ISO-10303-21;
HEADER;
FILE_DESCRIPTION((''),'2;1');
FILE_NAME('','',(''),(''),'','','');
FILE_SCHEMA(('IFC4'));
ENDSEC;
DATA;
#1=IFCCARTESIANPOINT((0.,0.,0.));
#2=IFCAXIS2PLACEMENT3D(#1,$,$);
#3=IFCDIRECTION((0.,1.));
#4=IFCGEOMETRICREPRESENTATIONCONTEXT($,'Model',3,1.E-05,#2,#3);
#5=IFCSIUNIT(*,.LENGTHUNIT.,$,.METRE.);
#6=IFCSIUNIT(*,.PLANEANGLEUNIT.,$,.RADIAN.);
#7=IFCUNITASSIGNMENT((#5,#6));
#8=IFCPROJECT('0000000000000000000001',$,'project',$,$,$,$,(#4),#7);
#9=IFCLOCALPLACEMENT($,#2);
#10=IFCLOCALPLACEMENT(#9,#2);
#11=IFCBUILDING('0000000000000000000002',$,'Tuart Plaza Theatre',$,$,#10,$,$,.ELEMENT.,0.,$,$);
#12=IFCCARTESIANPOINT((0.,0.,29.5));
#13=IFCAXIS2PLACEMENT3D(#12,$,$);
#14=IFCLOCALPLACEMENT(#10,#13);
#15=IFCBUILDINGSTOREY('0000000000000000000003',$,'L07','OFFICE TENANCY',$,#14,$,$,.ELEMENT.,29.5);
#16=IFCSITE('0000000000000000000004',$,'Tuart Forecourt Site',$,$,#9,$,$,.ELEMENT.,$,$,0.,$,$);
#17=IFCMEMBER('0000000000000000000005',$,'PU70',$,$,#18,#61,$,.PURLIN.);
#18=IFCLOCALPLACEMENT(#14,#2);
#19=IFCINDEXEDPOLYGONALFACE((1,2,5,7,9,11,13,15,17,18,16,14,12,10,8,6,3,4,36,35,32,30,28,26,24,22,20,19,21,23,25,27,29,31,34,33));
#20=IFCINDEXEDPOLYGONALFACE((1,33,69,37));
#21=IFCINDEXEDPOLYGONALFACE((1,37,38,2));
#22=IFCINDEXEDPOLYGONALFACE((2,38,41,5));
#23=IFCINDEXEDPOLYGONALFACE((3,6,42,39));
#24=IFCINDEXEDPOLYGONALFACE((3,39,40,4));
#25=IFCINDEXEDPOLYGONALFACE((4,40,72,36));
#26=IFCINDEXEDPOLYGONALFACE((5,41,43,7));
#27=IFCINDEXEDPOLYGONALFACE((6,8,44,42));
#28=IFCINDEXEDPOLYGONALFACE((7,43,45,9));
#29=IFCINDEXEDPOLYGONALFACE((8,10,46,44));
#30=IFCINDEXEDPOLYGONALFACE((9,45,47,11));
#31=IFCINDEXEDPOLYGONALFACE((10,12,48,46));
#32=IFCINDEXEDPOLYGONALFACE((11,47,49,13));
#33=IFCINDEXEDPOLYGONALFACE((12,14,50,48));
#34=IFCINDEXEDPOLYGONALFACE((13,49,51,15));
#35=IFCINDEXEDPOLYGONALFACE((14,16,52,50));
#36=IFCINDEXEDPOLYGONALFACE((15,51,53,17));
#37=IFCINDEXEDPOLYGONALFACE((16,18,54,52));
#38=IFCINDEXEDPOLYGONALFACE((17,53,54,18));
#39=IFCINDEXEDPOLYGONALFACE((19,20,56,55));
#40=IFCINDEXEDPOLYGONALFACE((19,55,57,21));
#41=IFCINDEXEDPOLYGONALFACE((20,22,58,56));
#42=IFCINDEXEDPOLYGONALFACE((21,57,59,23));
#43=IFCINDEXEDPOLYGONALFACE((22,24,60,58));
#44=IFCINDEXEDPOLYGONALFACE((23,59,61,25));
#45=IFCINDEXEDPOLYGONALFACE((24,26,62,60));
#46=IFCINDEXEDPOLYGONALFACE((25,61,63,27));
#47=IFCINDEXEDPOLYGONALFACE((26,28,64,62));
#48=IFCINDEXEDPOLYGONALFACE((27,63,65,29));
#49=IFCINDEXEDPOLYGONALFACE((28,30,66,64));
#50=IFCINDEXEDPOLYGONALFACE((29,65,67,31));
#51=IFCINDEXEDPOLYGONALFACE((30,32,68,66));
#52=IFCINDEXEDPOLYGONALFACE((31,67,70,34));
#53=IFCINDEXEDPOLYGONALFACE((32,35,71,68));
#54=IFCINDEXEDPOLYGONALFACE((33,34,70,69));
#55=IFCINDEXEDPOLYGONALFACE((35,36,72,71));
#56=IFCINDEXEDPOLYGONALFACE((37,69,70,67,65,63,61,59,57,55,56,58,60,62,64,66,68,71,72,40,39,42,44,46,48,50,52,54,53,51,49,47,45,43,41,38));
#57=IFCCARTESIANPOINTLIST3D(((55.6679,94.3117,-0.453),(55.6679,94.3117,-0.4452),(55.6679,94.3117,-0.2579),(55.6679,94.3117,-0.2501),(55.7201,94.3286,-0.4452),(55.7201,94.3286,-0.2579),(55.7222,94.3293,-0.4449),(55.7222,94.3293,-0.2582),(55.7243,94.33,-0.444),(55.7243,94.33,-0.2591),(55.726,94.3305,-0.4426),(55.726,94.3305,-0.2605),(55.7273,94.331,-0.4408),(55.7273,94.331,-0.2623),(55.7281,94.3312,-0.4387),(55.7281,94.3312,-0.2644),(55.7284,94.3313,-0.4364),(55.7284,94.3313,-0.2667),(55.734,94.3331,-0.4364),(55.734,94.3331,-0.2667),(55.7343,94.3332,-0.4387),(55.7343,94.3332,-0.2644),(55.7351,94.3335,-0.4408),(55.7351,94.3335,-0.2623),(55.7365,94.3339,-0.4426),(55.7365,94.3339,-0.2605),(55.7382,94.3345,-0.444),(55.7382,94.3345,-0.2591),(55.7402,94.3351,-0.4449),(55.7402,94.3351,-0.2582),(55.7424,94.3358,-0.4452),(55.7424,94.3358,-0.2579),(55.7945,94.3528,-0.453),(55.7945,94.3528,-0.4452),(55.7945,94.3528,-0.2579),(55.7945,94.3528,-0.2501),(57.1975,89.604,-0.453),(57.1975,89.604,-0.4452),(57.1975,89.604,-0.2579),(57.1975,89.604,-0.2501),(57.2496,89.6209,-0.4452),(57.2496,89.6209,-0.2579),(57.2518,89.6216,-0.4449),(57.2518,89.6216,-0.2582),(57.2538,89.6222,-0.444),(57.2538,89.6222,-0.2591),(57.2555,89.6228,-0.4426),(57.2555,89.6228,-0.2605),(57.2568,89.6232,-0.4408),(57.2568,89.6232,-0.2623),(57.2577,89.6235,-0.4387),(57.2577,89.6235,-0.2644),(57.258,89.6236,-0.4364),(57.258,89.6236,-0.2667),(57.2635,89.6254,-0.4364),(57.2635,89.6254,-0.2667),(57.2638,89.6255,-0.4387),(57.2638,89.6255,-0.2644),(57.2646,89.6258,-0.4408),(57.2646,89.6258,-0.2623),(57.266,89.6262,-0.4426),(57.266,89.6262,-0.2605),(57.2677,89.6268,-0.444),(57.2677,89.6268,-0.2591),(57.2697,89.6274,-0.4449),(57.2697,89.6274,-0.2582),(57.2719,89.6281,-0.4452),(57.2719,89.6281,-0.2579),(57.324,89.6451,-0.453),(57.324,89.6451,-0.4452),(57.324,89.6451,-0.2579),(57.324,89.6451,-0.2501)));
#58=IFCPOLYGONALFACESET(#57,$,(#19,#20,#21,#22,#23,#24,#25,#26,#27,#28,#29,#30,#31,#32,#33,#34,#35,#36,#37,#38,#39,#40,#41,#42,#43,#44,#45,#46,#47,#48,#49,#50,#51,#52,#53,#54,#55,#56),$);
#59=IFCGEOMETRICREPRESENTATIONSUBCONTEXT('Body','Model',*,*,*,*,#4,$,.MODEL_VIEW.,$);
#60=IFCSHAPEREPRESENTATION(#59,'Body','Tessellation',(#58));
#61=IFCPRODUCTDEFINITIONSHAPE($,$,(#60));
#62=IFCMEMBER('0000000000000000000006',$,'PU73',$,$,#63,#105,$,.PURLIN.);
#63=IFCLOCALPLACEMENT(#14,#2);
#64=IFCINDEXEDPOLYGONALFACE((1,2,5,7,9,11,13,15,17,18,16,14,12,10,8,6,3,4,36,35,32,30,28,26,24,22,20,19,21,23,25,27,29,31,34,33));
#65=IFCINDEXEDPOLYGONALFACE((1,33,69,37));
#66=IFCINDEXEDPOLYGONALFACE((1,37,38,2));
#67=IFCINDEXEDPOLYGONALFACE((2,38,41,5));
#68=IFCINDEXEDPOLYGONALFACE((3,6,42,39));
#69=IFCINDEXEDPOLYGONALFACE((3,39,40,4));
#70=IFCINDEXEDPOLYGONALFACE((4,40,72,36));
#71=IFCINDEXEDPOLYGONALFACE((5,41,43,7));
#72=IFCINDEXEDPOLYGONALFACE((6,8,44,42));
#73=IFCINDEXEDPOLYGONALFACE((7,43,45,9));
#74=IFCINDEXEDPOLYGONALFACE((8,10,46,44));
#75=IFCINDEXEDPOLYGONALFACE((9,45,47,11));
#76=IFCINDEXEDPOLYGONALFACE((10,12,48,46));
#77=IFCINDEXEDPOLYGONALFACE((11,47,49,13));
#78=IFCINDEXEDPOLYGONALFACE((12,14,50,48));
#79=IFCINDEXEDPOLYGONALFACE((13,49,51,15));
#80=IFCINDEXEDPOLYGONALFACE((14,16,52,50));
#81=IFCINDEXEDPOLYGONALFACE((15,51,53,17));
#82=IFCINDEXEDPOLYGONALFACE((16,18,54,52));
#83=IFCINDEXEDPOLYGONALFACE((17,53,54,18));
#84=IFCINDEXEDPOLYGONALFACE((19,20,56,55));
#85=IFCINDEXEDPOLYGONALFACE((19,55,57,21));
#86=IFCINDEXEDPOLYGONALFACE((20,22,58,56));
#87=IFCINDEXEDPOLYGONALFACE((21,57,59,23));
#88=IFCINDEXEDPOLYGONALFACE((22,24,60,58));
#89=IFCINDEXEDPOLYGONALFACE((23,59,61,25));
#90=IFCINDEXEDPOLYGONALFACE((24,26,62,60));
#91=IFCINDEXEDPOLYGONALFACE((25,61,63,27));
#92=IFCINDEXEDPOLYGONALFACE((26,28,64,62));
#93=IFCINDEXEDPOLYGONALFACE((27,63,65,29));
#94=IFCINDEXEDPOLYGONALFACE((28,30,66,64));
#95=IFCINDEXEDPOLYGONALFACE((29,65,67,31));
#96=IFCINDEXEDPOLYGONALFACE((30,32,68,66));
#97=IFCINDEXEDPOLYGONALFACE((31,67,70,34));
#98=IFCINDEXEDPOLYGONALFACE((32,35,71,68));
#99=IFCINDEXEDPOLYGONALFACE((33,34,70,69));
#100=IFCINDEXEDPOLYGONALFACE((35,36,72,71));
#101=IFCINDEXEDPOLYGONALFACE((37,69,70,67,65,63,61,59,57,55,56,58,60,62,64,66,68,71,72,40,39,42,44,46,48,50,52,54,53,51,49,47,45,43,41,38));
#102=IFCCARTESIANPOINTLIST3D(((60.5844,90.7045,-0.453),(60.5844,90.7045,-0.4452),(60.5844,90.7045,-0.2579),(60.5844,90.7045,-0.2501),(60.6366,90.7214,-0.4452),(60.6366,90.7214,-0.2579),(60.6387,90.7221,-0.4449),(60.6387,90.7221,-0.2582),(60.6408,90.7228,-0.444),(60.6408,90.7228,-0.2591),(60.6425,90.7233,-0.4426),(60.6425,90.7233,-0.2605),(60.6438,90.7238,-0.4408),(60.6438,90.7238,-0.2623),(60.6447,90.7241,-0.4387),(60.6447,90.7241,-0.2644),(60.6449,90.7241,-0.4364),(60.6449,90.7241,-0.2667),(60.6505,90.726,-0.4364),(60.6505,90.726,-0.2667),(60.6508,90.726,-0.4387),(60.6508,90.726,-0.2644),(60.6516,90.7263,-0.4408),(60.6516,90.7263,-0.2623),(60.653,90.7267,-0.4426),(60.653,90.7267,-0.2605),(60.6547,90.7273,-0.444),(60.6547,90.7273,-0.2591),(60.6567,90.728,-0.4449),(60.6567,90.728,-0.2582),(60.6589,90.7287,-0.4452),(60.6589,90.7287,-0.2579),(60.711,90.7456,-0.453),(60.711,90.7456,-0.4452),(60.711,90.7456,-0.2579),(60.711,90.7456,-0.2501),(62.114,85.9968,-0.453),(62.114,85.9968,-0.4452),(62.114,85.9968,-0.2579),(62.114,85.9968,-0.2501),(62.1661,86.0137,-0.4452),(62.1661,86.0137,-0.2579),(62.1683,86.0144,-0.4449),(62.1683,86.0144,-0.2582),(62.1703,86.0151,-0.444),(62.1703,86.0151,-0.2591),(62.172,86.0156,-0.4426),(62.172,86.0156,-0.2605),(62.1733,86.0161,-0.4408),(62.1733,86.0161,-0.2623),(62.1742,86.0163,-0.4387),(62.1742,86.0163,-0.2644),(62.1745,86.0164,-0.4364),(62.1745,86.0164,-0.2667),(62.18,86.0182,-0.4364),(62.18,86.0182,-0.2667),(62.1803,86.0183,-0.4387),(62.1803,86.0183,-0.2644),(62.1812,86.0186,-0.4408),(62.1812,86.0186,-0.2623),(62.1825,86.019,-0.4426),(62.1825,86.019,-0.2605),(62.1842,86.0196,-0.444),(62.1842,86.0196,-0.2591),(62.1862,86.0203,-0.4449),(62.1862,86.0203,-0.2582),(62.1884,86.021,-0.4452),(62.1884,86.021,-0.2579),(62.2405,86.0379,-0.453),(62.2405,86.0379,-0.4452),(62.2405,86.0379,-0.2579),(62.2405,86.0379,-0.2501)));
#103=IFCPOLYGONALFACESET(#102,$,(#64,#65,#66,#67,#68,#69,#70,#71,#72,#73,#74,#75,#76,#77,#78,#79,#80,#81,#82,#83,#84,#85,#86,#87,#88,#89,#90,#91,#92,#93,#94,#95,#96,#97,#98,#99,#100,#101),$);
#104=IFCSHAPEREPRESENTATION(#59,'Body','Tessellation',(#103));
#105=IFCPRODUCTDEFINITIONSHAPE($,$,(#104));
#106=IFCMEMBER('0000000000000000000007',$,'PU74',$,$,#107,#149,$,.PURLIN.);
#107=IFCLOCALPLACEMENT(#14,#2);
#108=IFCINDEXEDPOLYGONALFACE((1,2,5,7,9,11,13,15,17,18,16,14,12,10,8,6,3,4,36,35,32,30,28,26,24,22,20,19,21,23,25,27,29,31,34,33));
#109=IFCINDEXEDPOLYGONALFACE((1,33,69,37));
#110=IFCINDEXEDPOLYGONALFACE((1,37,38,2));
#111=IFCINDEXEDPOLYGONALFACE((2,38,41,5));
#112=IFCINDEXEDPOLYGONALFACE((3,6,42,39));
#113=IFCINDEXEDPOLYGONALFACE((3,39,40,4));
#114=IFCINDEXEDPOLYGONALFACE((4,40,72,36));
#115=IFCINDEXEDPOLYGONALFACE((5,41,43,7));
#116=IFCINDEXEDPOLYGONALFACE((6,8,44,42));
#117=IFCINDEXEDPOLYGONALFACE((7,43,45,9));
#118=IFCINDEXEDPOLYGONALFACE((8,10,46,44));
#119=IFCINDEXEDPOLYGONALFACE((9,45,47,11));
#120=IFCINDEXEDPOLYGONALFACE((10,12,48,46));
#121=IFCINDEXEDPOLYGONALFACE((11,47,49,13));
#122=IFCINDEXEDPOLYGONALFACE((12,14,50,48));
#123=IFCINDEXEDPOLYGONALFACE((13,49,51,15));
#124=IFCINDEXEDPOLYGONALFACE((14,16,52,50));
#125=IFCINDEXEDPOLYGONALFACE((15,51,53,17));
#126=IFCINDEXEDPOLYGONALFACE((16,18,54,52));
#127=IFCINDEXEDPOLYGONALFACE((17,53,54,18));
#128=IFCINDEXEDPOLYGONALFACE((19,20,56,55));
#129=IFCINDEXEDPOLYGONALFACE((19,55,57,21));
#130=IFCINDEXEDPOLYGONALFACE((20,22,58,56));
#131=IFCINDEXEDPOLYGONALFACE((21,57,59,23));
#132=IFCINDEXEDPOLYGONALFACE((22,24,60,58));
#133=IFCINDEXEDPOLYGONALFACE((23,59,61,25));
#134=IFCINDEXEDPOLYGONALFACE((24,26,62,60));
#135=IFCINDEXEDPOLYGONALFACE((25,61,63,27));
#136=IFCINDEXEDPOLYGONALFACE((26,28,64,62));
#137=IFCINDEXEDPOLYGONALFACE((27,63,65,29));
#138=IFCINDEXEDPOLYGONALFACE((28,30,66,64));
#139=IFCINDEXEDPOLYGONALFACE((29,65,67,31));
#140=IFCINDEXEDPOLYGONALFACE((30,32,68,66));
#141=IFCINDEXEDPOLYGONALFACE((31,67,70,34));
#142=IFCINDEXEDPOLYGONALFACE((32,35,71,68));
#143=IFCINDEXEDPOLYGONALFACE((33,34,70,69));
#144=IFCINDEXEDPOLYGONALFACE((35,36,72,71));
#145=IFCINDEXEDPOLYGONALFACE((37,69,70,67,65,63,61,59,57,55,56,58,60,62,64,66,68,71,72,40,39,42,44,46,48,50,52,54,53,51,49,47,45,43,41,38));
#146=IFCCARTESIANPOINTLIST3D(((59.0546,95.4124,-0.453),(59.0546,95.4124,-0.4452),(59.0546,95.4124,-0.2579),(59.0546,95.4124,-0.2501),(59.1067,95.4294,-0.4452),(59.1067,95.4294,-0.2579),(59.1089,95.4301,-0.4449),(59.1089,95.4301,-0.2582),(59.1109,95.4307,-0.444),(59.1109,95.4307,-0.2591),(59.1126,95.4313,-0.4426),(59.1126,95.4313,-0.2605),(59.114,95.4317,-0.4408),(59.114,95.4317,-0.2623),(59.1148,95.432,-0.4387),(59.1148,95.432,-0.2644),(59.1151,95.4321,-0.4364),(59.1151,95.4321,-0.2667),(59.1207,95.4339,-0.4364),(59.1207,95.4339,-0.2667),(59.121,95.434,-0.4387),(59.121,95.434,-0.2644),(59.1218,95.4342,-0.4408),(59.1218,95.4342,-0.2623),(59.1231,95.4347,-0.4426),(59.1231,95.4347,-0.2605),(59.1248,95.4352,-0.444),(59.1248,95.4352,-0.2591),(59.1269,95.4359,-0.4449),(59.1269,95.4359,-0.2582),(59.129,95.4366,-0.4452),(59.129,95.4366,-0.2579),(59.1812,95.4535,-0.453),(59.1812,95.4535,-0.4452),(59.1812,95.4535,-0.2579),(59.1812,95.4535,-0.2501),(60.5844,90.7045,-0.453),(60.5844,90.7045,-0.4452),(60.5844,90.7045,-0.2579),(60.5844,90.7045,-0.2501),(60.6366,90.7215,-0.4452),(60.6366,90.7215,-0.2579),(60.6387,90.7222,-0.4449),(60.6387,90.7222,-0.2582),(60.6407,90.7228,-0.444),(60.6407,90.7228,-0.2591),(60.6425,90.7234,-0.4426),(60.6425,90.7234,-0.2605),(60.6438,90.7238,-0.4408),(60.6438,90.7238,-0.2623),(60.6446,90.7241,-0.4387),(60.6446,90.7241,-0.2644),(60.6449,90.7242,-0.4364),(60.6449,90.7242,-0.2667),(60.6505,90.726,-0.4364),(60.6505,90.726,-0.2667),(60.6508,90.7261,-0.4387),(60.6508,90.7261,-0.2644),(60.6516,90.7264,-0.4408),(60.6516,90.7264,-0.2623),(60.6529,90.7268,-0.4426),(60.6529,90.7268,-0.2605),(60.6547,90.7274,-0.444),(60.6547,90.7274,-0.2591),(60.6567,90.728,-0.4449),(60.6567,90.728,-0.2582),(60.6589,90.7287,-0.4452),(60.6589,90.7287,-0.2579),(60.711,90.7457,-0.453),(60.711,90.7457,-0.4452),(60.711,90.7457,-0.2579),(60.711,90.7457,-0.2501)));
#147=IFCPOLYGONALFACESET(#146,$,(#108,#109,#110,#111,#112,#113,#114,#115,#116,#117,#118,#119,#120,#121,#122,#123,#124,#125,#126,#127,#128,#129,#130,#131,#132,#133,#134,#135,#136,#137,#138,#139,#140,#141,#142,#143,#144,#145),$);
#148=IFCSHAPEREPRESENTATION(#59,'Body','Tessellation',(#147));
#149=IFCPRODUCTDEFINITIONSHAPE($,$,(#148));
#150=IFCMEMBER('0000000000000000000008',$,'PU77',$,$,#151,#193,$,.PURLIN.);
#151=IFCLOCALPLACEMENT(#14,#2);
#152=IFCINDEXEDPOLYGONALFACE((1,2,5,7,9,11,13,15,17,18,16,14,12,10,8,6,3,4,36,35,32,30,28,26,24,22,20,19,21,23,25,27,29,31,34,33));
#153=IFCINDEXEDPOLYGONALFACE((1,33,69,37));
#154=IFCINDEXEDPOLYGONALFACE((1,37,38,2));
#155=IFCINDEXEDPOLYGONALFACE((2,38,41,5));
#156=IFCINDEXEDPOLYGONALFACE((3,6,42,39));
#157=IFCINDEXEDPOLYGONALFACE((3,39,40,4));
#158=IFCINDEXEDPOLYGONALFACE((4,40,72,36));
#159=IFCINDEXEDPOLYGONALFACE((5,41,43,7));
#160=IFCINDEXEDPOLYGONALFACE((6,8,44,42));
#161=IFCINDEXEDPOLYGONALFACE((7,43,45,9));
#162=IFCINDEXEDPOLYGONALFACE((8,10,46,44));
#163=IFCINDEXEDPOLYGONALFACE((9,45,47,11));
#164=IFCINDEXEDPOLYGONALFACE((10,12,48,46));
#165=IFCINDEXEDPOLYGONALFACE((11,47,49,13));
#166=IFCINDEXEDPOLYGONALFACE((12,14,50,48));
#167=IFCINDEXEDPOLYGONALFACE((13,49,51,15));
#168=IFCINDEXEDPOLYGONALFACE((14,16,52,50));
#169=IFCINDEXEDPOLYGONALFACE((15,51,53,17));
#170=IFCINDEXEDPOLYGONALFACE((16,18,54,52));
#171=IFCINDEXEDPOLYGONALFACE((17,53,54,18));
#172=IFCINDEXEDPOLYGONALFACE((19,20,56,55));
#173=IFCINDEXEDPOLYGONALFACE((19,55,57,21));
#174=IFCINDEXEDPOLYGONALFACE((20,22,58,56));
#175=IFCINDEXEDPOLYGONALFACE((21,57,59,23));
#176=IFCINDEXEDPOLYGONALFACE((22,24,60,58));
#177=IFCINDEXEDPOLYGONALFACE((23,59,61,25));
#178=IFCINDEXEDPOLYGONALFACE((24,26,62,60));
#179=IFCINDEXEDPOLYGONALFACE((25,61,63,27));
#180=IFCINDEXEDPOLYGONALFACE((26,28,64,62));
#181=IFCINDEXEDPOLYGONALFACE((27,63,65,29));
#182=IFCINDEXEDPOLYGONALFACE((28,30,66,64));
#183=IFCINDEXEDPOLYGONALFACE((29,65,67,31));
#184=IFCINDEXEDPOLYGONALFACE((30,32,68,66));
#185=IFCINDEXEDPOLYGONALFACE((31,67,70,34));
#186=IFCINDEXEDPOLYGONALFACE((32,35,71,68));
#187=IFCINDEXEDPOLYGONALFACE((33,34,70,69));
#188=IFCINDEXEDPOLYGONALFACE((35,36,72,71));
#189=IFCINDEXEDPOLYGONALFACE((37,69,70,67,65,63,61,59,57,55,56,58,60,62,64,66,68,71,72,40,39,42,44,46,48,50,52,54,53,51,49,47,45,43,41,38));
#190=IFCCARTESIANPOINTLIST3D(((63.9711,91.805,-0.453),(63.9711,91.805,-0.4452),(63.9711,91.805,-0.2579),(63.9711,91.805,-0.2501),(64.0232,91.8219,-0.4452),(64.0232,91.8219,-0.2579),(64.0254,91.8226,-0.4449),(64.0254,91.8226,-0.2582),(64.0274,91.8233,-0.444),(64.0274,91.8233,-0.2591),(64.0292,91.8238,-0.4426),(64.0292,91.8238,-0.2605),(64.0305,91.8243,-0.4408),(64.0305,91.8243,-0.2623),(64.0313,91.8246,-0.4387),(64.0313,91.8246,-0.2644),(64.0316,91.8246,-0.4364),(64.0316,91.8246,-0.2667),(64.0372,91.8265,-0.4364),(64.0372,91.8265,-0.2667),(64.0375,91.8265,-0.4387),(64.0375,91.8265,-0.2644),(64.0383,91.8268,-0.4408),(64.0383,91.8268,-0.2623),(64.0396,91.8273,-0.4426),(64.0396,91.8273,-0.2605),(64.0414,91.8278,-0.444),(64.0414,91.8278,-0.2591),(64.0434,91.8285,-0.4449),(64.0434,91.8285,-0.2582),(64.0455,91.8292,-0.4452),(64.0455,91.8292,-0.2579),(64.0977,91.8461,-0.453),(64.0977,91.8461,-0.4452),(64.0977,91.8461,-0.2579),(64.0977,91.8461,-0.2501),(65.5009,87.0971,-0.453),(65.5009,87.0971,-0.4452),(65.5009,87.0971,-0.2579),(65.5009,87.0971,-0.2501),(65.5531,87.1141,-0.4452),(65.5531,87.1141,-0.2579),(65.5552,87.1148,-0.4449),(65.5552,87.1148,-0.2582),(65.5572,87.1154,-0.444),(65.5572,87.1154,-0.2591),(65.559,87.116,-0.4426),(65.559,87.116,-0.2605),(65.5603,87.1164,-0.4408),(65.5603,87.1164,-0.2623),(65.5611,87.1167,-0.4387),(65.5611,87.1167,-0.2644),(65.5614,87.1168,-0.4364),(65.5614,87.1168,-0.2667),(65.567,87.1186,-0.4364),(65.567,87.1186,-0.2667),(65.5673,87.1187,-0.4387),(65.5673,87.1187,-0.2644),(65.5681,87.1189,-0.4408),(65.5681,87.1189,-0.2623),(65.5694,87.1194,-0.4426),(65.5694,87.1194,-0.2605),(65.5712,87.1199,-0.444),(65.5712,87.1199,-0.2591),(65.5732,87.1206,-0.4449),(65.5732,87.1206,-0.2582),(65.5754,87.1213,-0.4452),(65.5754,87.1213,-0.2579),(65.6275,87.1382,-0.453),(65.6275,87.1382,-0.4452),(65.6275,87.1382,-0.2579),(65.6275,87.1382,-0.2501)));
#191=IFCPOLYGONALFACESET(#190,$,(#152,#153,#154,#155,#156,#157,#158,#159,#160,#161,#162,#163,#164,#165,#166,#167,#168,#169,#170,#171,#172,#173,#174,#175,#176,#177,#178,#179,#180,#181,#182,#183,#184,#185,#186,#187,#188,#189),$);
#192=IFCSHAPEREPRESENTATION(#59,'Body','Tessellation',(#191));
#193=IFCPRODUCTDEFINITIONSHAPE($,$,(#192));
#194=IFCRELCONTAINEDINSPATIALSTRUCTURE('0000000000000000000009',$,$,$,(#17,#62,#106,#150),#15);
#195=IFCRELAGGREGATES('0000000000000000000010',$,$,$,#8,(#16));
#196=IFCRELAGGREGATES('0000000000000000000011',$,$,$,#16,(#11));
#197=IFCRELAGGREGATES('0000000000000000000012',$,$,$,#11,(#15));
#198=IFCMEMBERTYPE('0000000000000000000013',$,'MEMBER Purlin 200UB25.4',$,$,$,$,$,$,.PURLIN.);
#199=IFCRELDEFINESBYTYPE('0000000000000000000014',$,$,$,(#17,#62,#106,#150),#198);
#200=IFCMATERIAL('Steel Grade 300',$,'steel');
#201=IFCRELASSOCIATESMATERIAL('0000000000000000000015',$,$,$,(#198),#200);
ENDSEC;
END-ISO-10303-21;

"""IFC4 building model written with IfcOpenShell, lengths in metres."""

from ifc_helpers import new_model, si_unit, direction, frame, origin, origin_2d, place, context, subcontext, project, spatial, i_section, extrude, material, material_profile, profile_set, type_object, element, save


model = new_model("IFC4")

# Units and contexts
model_context = context("Model", 3, precision=1e-05, world=origin(), true_north=direction((0.0, 1.0)))
body_context = subcontext(model_context, "Body", "Model", "MODEL_VIEW")
ifc_project = project(units=[si_unit("LENGTHUNIT", "METRE"), si_unit("PLANEANGLEUNIT", "RADIAN")], contexts=[model_context])

# Site, building, storey
site_placement = place(None, origin())
site = spatial("IfcSite", under=ifc_project, at=site_placement, Name="Tuart Forecourt Site", CompositionType="ELEMENT", RefElevation=0.0)
building_placement = place(site_placement, origin())
building = spatial("IfcBuilding", under=site, at=building_placement, Name="Tuart Plaza Theatre", CompositionType="ELEMENT", ElevationOfRefHeight=0.0)
storey_placement = place(building_placement, frame((0.0, 0.0, 29.5)))
storey = spatial("IfcBuildingStorey", under=building, at=storey_placement, Name="L07", Description="OFFICE TENANCY", CompositionType="ELEMENT", Elevation=29.5)

# Members
ifc_material_1 = material(Name="Steel Grade 300", Category="steel")
ifc_material_profile_1 = material_profile(ifc_material_1, i_section(OverallWidth=0.1331, OverallDepth=0.2029, WebThickness=0.0059, FlangeThickness=0.0078, FilletRadius=0.0088, at=origin_2d()), Name="200UB25.4")
ifc_profile_set_1 = profile_set([ifc_material_profile_1], Name="Steel Grade 300")
member_type_1 = type_object("IfcMemberType", Name="MEMBER Purlin 200UB25.4", PredefinedType="PURLIN", material=ifc_profile_set_1)
for number, where, z_axis, x_axis, name in (
    (1, (57.2607, 89.6245, -0.3516), (-0.308998, 0.951063, 0.0), (-0.951063, -0.308998, 0.0), "PU70"),
    (2, (62.1772, 86.0173, -0.3516), (-0.308998, 0.951063, 0.0), (-0.951063, -0.308998, 0.0), "PU73"),
):
    element("IfcMember", number, at=place(storey_placement, frame(where, z_axis=z_axis, x_axis=x_axis)), inside=storey, type_object=member_type_1, Name=name, PredefinedType="PURLIN", context=body_context, shape_type="SweptSolid", body=[
        extrude(i_section(OverallWidth=0.1331, OverallDepth=0.2029, WebThickness=0.0059, FlangeThickness=0.0078, FilletRadius=0.0088, at=origin_2d()), origin(), (0.0, 0.0, 1.0), 4.95),
    ])
for number, where, z_axis, x_axis, name in (
    (3, (60.6477, 90.7251, -0.3516), (-0.309043, 0.951048, 0.0), (-0.951048, -0.309043, 0.0), "PU74"),
    (4, (65.5642, 87.1177, -0.3516), (-0.309043, 0.951048, 0.0), (-0.951048, -0.309043, 0.0), "PU77"),
):
    element("IfcMember", number, at=place(storey_placement, frame(where, z_axis=z_axis, x_axis=x_axis)), inside=storey, type_object=member_type_1, Name=name, PredefinedType="PURLIN", context=body_context, shape_type="SweptSolid", body=[
        extrude(i_section(OverallWidth=0.1331, OverallDepth=0.2029, WebThickness=0.0059, FlangeThickness=0.0078, FilletRadius=0.0088, at=origin_2d()), origin(), (0.0, 0.0, 1.0), 4.9502),
    ])

save(model, "model.ifc")
